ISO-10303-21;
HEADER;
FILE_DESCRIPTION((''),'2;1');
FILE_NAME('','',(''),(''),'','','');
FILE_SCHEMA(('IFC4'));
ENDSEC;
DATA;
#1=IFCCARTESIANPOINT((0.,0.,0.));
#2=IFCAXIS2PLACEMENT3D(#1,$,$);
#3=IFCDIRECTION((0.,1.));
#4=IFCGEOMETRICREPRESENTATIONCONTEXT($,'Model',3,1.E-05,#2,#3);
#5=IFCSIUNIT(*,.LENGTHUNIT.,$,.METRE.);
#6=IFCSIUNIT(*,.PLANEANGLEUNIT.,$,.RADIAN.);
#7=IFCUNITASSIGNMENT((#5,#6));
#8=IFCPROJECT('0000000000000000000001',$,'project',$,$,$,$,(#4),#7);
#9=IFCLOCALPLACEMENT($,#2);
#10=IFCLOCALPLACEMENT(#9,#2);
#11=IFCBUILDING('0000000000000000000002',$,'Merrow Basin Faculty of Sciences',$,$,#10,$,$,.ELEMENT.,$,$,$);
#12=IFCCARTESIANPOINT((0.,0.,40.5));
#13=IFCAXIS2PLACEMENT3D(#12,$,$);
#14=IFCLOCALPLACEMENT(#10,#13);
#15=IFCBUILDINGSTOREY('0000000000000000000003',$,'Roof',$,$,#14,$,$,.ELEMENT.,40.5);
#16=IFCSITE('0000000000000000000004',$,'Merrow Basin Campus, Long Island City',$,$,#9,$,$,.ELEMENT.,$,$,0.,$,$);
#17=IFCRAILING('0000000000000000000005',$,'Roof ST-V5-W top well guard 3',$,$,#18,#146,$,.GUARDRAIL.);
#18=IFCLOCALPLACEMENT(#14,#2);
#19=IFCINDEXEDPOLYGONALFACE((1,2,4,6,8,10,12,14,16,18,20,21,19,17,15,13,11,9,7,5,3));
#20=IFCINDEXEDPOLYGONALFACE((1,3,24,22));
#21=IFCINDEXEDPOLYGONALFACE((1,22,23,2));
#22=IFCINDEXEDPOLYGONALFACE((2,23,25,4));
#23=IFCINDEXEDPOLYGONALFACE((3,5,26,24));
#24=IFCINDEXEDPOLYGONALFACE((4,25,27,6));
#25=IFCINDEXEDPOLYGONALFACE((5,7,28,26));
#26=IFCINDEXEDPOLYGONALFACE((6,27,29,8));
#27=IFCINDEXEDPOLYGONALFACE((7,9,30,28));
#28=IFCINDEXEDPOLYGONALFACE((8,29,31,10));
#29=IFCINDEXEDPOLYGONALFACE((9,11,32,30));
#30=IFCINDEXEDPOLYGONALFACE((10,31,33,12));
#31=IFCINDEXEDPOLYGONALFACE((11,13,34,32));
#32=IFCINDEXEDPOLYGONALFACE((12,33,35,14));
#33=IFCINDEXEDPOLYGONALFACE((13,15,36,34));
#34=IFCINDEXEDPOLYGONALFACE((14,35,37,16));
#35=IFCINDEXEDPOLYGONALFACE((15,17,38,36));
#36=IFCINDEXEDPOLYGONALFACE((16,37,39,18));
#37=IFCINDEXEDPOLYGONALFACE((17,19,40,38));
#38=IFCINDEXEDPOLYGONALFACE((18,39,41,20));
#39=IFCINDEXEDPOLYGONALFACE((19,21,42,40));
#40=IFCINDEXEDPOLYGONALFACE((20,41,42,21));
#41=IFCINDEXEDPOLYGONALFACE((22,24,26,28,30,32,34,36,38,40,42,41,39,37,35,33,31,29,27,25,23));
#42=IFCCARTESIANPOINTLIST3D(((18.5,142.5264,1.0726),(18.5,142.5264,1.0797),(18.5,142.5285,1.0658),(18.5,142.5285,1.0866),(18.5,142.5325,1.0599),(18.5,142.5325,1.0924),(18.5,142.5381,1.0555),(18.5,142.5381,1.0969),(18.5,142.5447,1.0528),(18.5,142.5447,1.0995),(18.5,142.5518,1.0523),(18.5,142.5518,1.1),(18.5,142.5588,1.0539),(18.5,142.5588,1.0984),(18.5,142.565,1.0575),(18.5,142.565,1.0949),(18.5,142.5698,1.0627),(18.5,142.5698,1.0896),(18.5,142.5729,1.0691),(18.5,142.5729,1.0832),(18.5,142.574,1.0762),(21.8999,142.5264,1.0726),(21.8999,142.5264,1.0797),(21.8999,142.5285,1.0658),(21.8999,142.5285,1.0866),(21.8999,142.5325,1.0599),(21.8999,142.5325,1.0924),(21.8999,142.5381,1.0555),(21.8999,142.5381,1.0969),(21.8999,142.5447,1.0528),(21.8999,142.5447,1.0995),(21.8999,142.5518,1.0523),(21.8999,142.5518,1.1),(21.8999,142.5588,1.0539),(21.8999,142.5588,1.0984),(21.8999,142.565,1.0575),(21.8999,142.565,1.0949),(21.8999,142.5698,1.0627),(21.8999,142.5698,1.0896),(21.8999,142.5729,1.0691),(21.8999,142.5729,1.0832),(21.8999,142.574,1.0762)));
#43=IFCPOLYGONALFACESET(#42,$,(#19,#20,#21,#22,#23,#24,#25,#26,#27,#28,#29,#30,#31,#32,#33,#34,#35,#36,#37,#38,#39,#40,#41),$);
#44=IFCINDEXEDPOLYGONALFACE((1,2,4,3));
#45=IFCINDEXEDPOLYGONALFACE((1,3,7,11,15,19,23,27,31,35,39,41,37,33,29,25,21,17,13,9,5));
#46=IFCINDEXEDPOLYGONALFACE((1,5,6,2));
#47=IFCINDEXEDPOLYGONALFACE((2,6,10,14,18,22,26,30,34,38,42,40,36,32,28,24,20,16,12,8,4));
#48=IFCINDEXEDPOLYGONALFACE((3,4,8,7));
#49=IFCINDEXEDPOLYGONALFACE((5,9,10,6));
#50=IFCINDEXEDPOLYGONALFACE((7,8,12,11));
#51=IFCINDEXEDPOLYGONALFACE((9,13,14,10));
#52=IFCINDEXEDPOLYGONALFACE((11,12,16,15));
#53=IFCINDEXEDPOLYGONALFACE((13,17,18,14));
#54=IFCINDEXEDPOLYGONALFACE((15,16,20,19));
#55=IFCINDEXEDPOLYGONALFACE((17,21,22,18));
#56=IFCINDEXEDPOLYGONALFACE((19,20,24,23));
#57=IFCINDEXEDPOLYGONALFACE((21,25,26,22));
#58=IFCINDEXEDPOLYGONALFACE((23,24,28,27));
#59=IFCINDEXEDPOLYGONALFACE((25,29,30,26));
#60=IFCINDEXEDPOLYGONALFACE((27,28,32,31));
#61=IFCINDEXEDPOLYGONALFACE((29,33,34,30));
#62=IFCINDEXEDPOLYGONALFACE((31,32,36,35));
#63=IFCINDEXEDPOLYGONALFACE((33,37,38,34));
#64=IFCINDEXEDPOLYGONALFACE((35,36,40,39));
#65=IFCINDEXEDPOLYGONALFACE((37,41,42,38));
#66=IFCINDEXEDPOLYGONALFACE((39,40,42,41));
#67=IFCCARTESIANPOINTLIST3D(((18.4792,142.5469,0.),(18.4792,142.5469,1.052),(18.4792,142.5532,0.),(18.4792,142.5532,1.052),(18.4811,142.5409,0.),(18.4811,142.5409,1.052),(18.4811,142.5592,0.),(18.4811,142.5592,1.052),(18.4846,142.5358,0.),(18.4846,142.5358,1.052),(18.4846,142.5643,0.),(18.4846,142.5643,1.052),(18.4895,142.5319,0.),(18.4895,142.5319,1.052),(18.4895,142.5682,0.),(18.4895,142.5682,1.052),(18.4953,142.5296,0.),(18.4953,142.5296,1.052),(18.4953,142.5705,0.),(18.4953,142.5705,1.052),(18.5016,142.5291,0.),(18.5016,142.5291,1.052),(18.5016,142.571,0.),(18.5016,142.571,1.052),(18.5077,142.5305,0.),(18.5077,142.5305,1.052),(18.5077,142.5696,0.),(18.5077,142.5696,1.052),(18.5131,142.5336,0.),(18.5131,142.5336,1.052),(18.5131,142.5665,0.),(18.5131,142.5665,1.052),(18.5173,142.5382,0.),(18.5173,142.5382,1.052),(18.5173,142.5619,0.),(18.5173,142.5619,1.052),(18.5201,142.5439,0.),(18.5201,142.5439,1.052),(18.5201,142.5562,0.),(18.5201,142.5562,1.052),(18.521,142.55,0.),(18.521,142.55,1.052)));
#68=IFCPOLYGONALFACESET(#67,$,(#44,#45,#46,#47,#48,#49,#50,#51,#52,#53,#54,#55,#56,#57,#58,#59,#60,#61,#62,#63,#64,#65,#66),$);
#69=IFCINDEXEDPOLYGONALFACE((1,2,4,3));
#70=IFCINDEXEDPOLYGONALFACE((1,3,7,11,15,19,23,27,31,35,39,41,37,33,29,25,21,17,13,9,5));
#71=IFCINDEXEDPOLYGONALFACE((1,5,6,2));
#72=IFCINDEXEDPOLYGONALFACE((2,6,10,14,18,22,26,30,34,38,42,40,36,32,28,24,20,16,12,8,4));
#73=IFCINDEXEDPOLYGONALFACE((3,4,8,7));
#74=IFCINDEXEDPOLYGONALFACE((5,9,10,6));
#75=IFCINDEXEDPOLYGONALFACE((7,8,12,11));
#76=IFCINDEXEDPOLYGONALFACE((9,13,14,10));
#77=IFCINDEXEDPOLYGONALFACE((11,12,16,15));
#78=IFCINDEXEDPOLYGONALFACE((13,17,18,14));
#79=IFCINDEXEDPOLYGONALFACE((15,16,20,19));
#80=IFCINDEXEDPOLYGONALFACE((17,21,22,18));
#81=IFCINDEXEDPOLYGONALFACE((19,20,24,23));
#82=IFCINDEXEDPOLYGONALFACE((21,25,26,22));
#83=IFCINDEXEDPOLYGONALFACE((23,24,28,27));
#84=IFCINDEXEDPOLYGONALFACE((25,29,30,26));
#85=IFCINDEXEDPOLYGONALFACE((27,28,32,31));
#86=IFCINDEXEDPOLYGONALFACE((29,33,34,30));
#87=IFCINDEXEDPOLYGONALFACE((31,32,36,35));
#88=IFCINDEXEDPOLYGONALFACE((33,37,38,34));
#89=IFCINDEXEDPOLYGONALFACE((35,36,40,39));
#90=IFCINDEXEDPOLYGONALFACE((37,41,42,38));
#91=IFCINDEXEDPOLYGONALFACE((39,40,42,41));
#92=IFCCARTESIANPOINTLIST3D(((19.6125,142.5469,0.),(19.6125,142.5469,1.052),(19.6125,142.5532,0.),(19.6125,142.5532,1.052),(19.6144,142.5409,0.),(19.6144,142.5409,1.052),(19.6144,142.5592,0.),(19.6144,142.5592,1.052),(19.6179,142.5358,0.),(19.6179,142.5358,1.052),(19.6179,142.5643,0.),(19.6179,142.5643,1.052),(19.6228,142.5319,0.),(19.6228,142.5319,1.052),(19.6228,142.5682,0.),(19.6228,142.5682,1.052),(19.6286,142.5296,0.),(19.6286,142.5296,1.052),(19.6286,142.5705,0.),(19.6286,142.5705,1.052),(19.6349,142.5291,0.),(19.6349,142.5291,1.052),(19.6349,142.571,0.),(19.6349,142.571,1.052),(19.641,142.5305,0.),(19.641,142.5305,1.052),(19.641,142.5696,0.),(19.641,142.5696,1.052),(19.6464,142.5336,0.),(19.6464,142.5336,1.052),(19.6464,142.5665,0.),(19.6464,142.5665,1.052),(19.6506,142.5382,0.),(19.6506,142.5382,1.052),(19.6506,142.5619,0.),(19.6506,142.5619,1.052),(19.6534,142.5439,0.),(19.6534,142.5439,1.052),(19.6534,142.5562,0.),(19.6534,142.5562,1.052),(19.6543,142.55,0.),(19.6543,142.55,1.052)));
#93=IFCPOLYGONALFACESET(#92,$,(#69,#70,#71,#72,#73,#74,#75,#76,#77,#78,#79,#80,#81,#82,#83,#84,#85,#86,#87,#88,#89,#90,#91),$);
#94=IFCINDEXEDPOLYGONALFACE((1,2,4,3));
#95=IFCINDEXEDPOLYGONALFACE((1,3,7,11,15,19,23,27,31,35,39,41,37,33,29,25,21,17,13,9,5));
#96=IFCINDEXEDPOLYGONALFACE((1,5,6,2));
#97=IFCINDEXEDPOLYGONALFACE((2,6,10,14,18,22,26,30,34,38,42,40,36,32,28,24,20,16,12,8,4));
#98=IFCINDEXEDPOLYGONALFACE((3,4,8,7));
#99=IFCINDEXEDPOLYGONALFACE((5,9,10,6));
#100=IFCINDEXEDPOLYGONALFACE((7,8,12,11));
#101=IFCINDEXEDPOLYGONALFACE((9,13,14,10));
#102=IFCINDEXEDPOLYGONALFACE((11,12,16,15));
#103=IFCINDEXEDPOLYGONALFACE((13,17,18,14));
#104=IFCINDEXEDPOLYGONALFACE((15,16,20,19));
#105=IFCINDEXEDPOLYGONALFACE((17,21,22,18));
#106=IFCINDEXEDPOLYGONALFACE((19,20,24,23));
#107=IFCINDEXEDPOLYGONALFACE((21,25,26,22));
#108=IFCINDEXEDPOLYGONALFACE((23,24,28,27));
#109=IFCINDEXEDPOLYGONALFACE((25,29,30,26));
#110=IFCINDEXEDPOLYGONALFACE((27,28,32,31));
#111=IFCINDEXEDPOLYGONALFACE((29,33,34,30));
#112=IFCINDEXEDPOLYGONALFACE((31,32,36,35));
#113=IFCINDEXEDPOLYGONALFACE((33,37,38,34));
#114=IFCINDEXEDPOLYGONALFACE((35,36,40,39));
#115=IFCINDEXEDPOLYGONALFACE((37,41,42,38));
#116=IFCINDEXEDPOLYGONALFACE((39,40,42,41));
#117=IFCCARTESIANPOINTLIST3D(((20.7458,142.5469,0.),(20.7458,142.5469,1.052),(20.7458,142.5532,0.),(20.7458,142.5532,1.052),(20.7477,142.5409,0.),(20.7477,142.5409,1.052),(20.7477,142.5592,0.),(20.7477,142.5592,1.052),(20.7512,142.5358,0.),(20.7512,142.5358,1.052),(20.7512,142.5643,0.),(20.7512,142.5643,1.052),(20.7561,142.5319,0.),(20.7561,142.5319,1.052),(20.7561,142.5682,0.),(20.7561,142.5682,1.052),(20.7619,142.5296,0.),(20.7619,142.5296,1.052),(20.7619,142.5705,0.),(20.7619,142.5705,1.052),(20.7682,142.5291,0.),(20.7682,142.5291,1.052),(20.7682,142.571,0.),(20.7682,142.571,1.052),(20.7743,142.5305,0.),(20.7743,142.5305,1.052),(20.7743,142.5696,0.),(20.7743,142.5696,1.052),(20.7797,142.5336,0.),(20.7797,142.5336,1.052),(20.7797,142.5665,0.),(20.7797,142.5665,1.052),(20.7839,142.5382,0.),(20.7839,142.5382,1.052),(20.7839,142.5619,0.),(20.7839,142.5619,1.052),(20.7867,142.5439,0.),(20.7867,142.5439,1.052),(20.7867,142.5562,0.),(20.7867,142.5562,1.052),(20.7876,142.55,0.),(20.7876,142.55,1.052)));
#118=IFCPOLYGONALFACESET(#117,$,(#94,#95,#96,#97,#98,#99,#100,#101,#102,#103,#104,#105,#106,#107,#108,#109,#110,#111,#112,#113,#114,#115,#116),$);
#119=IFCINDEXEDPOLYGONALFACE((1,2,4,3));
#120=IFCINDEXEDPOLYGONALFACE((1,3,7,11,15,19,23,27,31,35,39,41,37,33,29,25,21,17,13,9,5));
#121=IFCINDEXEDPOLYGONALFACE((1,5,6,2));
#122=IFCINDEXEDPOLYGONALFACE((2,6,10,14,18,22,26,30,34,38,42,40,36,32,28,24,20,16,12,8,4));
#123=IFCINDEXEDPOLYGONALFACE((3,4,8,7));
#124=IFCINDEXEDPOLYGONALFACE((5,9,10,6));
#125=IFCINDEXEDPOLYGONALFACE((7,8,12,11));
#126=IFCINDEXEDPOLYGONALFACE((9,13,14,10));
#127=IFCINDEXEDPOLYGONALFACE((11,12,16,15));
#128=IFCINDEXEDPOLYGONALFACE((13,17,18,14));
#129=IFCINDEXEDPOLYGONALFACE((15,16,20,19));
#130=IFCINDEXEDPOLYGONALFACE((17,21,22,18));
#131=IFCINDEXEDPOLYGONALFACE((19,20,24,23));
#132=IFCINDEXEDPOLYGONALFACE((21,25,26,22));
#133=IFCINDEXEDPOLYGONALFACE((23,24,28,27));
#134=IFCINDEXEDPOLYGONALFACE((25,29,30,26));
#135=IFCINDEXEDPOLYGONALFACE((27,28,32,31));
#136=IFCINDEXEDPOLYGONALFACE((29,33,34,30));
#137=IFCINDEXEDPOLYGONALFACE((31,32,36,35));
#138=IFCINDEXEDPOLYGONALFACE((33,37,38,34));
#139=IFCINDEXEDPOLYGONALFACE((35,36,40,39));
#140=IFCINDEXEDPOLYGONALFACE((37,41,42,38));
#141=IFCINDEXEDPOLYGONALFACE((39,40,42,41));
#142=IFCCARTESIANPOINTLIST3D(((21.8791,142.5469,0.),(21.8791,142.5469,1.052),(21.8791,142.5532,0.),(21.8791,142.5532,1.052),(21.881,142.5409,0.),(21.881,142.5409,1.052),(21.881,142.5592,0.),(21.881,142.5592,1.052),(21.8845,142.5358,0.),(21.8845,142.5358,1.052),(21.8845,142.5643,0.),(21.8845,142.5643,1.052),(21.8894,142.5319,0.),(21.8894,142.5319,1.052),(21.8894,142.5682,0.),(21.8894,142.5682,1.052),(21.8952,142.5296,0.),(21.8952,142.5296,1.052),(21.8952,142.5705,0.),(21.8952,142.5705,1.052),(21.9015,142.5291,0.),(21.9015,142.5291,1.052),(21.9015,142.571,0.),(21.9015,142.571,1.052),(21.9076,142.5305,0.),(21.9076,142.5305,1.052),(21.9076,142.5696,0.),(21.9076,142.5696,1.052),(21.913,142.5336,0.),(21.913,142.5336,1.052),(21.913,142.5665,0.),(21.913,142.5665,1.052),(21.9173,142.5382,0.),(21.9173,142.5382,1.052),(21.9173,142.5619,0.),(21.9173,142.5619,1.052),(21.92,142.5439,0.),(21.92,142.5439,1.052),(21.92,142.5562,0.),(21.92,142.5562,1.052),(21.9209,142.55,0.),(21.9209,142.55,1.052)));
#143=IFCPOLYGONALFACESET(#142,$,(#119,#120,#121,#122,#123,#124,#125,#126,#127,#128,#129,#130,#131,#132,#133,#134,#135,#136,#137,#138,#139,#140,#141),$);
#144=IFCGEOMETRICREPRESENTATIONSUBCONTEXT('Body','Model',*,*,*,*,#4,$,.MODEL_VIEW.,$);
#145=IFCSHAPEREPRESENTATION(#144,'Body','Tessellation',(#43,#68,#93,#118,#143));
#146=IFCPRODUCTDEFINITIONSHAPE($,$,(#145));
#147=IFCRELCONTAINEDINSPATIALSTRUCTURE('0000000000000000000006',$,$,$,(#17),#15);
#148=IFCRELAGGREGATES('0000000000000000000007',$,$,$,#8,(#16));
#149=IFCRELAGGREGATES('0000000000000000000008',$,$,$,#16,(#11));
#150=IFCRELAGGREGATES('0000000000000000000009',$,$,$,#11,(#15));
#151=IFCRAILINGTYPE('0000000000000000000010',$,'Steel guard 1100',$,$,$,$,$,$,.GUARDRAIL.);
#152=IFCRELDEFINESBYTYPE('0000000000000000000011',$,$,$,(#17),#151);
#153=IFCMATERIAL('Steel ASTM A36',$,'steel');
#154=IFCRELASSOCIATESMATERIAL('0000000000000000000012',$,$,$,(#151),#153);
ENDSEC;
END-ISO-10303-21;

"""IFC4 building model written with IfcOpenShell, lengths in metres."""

from ifc_helpers import new_model, si_unit, direction, frame, origin, origin_2d, place, context, subcontext, project, spatial, circle, extrude, material, type_object, element, save


model = new_model("IFC4")

# Units and contexts
model_context = context("Model", 3, precision=1e-05, world=origin(), true_north=direction((0.0, 1.0)))
body_context = subcontext(model_context, "Body", "Model", "MODEL_VIEW")
ifc_project = project(units=[si_unit("LENGTHUNIT", "METRE"), si_unit("PLANEANGLEUNIT", "RADIAN")], contexts=[model_context])

# Site, building, storey
site_placement = place(None, origin())
site = spatial("IfcSite", under=ifc_project, at=site_placement, Name="Merrow Basin Campus, Long Island City", CompositionType="ELEMENT", RefElevation=0.0)
building_placement = place(site_placement, origin())
building = spatial("IfcBuilding", under=site, at=building_placement, Name="Merrow Basin Faculty of Sciences", CompositionType="ELEMENT")
storey_placement = place(building_placement, frame((0.0, 0.0, 40.5)))
storey = spatial("IfcBuildingStorey", under=building, at=storey_placement, Name="Roof", CompositionType="ELEMENT", Elevation=40.5)

# Railing
ifc_material_1 = material(Name="Steel ASTM A36", Category="steel")
railing_type = type_object("IfcRailingType", Name="Steel guard 1100", PredefinedType="GUARDRAIL", material=ifc_material_1)
railing_1_placement = place(storey_placement, frame((18.5, 142.55, 0.0)))
element("IfcRailing", 1, at=railing_1_placement, inside=storey, type_object=railing_type, Name="Roof ST-V5-W top well guard 3", PredefinedType="GUARDRAIL", context=body_context, shape_type="SweptSolid", body=[
    extrude(circle(Radius=0.0239, at=origin_2d()), frame((0.0, 0.0, 1.0762), z_axis=(1.0, 0.0, 0.0), x_axis=(0.0, 1.0, 0.0)), (0.0, 0.0, 1.0), 3.3999),
    extrude(circle(Radius=0.021, at=origin_2d()), origin(), (0.0, 0.0, 1.0), 1.052),
    extrude(circle(Radius=0.021, at=origin_2d()), frame((1.1333, 0.0, 0.0)), (0.0, 0.0, 1.0), 1.052),
    extrude(circle(Radius=0.021, at=origin_2d()), frame((2.2666, 0.0, 0.0)), (0.0, 0.0, 1.0), 1.052),
    extrude(circle(Radius=0.021, at=origin_2d()), frame((3.3999, 0.0, 0.0)), (0.0, 0.0, 1.0), 1.052),
])

save(model, "model.ifc")
